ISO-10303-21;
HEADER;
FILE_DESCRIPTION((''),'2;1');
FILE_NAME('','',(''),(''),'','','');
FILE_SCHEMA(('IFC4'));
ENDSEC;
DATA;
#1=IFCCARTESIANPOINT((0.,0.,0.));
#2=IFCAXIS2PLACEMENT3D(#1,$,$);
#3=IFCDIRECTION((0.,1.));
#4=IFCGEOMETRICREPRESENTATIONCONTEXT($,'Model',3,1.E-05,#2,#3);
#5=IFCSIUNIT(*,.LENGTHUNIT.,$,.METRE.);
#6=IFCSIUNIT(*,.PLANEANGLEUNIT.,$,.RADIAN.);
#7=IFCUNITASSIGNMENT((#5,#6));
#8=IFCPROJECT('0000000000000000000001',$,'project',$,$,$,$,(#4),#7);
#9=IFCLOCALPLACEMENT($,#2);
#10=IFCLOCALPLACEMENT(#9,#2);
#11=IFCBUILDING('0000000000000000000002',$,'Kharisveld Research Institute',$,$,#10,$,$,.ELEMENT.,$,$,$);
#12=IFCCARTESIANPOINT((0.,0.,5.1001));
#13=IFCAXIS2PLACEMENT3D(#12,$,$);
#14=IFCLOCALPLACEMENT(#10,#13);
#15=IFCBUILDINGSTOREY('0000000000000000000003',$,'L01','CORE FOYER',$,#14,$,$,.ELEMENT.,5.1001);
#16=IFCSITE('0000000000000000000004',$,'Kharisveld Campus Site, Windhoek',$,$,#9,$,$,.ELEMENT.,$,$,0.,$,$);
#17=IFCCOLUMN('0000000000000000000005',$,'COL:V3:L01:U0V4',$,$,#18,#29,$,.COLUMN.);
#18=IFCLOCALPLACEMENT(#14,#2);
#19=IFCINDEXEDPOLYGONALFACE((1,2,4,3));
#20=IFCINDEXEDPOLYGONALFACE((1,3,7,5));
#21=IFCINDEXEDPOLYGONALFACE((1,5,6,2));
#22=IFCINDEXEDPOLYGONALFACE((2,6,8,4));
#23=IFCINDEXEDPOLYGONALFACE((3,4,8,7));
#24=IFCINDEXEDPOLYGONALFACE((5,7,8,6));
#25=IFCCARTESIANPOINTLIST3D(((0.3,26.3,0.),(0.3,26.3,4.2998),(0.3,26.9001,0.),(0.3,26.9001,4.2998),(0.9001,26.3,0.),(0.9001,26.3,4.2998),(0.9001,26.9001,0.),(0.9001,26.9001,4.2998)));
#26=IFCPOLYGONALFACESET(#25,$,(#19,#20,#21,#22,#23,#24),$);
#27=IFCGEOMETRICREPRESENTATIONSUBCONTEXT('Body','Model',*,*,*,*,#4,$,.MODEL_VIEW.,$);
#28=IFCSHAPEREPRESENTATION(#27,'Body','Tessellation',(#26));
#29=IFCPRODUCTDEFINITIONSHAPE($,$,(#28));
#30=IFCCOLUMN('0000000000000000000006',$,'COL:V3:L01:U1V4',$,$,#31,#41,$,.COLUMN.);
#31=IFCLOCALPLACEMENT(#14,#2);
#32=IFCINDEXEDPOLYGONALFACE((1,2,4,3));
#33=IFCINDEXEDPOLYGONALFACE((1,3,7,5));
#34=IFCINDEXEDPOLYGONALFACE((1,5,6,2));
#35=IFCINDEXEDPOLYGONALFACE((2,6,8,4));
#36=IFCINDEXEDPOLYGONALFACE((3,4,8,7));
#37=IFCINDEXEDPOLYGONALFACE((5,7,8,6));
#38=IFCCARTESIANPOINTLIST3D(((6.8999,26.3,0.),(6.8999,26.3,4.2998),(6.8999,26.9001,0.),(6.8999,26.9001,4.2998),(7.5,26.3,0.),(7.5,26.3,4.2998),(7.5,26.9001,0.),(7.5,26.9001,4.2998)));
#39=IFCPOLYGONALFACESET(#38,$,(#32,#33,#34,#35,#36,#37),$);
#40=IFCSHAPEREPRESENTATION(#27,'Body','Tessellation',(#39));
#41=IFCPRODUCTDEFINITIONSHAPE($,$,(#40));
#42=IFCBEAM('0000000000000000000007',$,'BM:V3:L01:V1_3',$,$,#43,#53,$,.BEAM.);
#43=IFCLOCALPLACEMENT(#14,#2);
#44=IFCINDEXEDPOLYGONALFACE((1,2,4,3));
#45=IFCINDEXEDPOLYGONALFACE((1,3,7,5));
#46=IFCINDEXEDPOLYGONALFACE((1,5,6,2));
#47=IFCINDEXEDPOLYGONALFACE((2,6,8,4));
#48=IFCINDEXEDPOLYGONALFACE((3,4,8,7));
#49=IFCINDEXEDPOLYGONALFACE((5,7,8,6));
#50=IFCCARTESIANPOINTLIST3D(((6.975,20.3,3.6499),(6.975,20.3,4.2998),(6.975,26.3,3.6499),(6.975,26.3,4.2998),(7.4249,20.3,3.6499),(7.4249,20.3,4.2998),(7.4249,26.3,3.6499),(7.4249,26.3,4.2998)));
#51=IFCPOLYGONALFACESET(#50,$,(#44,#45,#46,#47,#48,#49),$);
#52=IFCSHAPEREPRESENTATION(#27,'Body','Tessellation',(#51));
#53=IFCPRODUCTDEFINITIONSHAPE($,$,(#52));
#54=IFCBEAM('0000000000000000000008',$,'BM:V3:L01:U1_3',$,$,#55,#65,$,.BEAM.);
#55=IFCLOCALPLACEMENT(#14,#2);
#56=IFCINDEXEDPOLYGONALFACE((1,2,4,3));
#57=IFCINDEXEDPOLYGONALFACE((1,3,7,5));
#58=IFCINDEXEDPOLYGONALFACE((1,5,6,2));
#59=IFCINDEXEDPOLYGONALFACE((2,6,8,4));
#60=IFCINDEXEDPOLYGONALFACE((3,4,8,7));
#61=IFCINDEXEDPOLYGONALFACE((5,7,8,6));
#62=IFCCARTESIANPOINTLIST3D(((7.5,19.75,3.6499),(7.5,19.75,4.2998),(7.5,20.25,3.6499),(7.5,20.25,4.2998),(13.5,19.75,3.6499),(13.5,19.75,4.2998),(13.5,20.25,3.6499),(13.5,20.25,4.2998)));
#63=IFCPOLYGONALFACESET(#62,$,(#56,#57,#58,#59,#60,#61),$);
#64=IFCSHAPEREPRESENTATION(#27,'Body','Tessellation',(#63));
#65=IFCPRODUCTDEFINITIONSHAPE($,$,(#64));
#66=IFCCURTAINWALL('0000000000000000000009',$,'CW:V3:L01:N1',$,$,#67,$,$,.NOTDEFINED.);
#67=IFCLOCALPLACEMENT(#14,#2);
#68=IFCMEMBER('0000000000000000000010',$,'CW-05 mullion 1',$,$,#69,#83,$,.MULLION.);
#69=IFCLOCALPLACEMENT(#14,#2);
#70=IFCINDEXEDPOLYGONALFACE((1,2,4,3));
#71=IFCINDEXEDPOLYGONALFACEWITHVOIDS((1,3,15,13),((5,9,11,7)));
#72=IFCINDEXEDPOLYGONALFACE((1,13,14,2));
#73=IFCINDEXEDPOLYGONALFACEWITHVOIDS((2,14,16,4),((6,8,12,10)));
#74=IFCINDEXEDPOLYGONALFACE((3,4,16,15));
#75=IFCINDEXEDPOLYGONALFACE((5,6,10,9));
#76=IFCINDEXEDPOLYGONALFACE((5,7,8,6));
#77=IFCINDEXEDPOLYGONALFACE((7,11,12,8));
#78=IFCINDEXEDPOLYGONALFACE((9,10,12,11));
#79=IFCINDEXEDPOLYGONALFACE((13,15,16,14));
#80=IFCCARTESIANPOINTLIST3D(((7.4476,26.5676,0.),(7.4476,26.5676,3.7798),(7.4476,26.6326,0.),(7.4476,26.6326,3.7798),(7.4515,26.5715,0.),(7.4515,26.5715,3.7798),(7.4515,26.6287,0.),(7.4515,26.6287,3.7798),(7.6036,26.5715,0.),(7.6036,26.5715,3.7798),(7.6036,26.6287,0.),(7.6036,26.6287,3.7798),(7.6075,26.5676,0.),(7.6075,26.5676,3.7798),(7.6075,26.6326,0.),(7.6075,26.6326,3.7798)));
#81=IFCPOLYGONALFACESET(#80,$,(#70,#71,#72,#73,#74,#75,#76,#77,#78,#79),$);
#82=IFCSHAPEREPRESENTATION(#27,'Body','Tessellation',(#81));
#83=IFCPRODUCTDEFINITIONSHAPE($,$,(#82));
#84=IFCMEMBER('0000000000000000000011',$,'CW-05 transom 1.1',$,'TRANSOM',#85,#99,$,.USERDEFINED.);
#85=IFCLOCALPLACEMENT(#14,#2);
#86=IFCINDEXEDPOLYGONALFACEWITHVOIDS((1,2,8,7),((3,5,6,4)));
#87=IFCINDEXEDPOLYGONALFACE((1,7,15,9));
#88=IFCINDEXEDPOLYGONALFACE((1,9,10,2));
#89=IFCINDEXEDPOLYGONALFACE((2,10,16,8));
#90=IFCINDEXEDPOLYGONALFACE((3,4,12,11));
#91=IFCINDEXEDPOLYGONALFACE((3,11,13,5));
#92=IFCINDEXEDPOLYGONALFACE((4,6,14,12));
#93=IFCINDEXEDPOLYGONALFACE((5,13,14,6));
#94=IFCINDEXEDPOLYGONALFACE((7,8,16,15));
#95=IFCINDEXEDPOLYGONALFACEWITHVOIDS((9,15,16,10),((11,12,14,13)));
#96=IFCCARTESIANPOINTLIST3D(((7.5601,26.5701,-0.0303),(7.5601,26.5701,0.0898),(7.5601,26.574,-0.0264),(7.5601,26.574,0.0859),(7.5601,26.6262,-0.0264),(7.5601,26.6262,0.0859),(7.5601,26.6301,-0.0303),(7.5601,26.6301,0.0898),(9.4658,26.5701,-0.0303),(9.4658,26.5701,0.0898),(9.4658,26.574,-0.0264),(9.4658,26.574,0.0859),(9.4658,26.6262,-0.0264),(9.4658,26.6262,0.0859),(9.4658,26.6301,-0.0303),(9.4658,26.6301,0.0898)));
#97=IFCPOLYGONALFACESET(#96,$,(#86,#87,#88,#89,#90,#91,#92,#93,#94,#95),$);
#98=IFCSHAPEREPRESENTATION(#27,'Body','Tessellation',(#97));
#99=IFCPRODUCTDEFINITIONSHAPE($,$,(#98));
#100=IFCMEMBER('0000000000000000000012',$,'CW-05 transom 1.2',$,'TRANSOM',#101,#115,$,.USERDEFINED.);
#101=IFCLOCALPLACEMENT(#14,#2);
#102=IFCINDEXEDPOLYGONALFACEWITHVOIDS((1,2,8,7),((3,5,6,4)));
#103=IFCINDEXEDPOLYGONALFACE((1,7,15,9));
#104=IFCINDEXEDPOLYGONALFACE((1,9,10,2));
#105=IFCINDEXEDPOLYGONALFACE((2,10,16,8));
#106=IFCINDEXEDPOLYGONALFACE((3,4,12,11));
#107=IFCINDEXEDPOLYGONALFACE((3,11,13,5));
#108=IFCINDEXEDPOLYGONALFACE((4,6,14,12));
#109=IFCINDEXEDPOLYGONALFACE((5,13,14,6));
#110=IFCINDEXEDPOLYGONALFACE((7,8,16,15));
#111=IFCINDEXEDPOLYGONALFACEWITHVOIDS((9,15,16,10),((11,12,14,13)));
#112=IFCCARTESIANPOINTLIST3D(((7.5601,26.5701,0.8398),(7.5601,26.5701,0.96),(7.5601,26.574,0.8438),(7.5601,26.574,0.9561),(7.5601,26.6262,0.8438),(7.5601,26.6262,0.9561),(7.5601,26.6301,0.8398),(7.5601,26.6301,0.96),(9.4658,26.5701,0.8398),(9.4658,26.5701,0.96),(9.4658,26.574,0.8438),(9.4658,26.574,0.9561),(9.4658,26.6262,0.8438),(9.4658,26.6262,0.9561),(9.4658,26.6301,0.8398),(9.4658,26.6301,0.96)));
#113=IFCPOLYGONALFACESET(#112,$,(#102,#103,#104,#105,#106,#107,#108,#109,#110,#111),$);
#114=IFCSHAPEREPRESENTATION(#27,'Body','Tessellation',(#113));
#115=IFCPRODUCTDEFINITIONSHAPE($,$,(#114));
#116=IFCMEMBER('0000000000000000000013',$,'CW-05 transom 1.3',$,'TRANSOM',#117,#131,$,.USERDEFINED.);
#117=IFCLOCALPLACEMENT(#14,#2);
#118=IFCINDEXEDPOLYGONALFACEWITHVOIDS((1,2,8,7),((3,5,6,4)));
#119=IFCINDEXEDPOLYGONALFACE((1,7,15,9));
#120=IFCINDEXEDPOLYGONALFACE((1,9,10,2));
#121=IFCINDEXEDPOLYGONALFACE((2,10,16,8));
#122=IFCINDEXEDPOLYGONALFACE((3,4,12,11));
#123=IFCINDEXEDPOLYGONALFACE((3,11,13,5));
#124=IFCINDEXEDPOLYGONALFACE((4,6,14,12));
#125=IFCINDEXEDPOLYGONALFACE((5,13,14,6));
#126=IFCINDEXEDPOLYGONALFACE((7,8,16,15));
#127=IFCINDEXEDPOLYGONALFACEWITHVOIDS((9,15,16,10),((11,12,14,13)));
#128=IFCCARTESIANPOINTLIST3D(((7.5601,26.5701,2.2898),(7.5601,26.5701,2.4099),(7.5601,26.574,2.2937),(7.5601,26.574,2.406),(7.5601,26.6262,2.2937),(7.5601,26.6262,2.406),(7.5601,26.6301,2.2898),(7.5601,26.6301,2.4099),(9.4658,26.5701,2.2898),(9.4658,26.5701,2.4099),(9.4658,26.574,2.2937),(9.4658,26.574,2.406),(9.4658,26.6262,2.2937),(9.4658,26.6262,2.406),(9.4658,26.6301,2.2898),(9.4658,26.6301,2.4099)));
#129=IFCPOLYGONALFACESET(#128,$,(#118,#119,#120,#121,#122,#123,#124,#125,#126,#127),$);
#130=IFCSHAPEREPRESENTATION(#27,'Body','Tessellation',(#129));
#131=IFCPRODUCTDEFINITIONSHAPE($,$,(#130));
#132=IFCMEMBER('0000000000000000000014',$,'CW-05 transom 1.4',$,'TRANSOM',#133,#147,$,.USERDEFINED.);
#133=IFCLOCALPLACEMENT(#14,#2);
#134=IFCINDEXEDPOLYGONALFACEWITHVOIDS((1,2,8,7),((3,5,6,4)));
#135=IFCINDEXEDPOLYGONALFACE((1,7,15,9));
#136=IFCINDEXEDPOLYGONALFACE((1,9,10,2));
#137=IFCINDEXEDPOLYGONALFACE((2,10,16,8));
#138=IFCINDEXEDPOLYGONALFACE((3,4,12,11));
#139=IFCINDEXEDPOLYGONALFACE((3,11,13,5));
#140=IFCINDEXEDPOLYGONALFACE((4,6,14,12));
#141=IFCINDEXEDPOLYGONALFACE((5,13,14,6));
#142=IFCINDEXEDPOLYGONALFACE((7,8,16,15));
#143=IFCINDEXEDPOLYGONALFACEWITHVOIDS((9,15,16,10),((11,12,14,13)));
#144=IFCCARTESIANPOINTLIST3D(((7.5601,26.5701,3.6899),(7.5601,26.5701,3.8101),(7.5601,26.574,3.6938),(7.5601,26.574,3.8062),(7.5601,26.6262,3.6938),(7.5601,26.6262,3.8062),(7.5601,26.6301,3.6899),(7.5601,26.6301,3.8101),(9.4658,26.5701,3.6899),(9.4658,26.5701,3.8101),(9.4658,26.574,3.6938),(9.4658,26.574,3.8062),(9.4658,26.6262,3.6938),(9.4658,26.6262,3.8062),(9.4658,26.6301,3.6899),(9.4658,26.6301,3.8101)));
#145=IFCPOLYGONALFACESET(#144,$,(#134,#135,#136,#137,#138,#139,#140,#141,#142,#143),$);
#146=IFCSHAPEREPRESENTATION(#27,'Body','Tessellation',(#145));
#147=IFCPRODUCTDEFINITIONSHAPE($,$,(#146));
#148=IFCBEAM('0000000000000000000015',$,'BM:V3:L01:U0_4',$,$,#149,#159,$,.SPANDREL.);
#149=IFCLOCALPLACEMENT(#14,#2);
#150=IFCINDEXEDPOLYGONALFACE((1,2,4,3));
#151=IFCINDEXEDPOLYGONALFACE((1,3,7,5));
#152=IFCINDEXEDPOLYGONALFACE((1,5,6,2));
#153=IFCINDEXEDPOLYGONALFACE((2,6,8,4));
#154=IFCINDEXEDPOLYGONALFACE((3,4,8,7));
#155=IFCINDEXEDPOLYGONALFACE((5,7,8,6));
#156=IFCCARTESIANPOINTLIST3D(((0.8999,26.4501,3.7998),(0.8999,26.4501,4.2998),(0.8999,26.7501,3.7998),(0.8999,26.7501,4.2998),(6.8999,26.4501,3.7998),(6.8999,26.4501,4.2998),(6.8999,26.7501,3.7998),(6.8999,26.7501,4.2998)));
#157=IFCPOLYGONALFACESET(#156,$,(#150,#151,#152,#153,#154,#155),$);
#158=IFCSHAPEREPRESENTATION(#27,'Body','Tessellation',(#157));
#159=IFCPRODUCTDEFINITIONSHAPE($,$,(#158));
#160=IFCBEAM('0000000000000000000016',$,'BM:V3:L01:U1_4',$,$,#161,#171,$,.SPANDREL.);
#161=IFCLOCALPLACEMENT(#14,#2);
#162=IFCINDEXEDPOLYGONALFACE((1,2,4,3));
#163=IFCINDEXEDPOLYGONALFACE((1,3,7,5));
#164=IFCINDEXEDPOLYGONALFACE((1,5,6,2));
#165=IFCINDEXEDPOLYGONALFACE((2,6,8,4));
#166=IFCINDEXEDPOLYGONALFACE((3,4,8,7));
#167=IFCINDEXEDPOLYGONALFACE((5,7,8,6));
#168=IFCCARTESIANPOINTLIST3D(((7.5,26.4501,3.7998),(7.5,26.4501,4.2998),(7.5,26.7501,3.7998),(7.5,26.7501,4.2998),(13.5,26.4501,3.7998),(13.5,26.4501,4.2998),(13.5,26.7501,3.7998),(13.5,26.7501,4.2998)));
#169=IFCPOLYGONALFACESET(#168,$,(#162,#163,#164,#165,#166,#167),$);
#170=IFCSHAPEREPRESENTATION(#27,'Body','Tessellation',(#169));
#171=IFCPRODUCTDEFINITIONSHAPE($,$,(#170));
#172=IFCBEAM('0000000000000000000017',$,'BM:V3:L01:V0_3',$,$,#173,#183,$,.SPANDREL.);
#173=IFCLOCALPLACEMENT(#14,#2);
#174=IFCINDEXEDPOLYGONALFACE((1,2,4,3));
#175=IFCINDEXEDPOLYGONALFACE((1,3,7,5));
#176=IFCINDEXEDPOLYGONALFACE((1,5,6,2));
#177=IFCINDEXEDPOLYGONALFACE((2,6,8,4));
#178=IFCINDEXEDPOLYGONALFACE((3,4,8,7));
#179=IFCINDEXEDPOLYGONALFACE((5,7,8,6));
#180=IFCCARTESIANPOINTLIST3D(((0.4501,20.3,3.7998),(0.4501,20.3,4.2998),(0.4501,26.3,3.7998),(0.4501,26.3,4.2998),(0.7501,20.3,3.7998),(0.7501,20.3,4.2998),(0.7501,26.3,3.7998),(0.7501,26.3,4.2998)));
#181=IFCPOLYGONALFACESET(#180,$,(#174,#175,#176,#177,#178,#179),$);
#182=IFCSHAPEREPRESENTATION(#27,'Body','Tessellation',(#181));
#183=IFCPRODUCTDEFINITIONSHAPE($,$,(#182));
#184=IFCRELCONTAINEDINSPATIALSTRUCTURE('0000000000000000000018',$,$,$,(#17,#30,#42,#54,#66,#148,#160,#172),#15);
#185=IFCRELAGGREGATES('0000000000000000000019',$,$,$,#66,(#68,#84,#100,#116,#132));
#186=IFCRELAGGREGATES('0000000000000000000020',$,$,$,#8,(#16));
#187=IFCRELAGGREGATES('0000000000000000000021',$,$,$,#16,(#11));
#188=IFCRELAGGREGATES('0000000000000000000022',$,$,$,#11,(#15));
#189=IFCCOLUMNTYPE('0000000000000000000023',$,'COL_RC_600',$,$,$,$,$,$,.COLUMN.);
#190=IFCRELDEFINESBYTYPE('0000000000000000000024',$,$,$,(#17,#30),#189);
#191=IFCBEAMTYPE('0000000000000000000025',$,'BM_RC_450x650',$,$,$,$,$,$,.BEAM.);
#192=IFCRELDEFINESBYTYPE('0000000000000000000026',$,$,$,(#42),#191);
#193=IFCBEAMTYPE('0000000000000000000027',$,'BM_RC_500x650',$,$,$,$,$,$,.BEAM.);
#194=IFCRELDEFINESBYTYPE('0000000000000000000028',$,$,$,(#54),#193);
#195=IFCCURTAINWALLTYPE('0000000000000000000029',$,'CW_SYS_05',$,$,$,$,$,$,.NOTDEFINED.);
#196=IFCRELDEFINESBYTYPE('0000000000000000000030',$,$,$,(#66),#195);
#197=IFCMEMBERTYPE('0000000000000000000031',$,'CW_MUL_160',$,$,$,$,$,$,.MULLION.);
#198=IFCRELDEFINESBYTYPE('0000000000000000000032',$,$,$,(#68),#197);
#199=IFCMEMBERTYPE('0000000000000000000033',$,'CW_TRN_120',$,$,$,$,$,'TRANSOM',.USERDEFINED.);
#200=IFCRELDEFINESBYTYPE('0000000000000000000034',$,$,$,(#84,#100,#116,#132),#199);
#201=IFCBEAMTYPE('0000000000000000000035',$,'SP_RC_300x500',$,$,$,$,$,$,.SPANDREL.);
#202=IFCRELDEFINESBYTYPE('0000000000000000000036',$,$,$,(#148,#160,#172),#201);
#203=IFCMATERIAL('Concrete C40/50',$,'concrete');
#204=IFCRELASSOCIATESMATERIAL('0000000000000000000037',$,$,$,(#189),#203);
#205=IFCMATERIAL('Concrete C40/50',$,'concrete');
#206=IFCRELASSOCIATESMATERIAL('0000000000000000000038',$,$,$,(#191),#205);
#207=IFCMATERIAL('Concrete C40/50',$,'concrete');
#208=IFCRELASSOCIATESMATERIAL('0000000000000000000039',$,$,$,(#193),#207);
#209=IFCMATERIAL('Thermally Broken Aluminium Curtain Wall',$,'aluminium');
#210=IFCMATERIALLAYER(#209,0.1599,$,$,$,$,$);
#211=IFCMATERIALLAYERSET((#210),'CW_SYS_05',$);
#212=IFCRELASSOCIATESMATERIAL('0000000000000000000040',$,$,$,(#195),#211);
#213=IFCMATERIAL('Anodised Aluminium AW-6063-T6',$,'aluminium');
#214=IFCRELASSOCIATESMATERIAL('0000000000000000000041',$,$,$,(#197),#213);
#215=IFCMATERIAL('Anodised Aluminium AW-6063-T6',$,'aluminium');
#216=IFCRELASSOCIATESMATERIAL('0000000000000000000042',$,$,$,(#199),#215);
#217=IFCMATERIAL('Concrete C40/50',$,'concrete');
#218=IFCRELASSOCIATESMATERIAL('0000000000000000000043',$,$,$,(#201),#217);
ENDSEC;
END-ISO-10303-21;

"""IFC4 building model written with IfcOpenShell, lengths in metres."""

from ifc_helpers import new_model, si_unit, direction, frame, origin, origin_2d, place, context, subcontext, project, spatial, rectangle, hollow_rectangle, extrude, material, layer, layer_set, material_profile, profile_set, type_object, element, aggregate, save


model = new_model("IFC4")

# Units and contexts
model_context = context("Model", 3, precision=1e-05, world=origin(), true_north=direction((0.0, 1.0)))
body_context = subcontext(model_context, "Body", "Model", "MODEL_VIEW")
ifc_project = project(units=[si_unit("LENGTHUNIT", "METRE"), si_unit("PLANEANGLEUNIT", "RADIAN")], contexts=[model_context])

# Site, building, storey
site_placement = place(None, origin())
site = spatial("IfcSite", under=ifc_project, at=site_placement, Name="Kharisveld Campus Site, Windhoek", CompositionType="ELEMENT", RefElevation=0.0)
building_placement = place(site_placement, origin())
building = spatial("IfcBuilding", under=site, at=building_placement, Name="Kharisveld Research Institute", CompositionType="ELEMENT")
storey_placement = place(building_placement, frame((0.0, 0.0, 5.1001)))
storey = spatial("IfcBuildingStorey", under=building, at=storey_placement, Name="L01", Description="CORE FOYER", CompositionType="ELEMENT", Elevation=5.1001)

# Columns
ifc_material_1 = material(Name="Concrete C40/50", Category="concrete")
ifc_material_profile_1 = material_profile(ifc_material_1, rectangle(XDim=0.6001, YDim=0.6001, at=origin_2d()))
ifc_profile_set_1 = profile_set([ifc_material_profile_1], Name="Concrete C40/50")
column_type = type_object("IfcColumnType", Name="COL_RC_600", PredefinedType="COLUMN", material=ifc_profile_set_1)
for number, where, z_axis, x_axis, name in (
    (1, (0.6001, 26.6001, 0.0), (0.0, 0.0, 1.0), (1.0, 0.0, 0.0), "COL:V3:L01:U0V4"),
    (2, (7.2, 26.6001, 0.0), (0.0, 0.0, 1.0), (1.0, 0.0, 0.0), "COL:V3:L01:U1V4"),
):
    element("IfcColumn", number, at=place(storey_placement, frame(where, z_axis=z_axis, x_axis=x_axis)), inside=storey, type_object=column_type, Name=name, PredefinedType="COLUMN", context=body_context, shape_type="SweptSolid", body=[
        extrude(rectangle(XDim=0.6001, YDim=0.6001, at=origin_2d()), origin(), (0.0, 0.0, 1.0), 4.2998),
    ])

# Beams
ifc_material_2 = material(Name="Concrete C40/50", Category="concrete")
ifc_material_profile_2 = material_profile(ifc_material_2, rectangle(XDim=0.45, YDim=0.6499, at=origin_2d()))
ifc_profile_set_2 = profile_set([ifc_material_profile_2], Name="Concrete C40/50")
beam_type_1 = type_object("IfcBeamType", Name="BM_RC_450x650", PredefinedType="BEAM", material=ifc_profile_set_2)
beam_1_placement = place(storey_placement, frame((7.2, 20.3, 3.9749), z_axis=(0.0, 1.0, 0.0), x_axis=(-1.0, 0.0, 0.0)))
element("IfcBeam", 3, at=beam_1_placement, inside=storey, type_object=beam_type_1, Name="BM:V3:L01:V1_3", PredefinedType="BEAM", context=body_context, shape_type="SweptSolid", body=[
    extrude(rectangle(XDim=0.45, YDim=0.6499, at=origin_2d()), origin(), (0.0, 0.0, 1.0), 6.0),
])
ifc_material_3 = material(Name="Concrete C40/50", Category="concrete")
ifc_material_profile_3 = material_profile(ifc_material_3, rectangle(XDim=0.5, YDim=0.6499, at=origin_2d()))
ifc_profile_set_3 = profile_set([ifc_material_profile_3], Name="Concrete C40/50")
beam_type_2 = type_object("IfcBeamType", Name="BM_RC_500x650", PredefinedType="BEAM", material=ifc_profile_set_3)
beam_2_placement = place(storey_placement, frame((7.5, 20.0, 3.9749), z_axis=(1.0, 0.0, 0.0), x_axis=(0.0, 1.0, 0.0)))
element("IfcBeam", 4, at=beam_2_placement, inside=storey, type_object=beam_type_2, Name="BM:V3:L01:U1_3", PredefinedType="BEAM", context=body_context, shape_type="SweptSolid", body=[
    extrude(rectangle(XDim=0.5, YDim=0.6499, at=origin_2d()), origin(), (0.0, 0.0, 1.0), 6.0),
])

# Curtain wall, members
ifc_material_4 = material(Name="Thermally Broken Aluminium Curtain Wall", Category="aluminium")
ifc_layer_1 = layer(ifc_material_4, 0.1599)
ifc_layer_set_1 = layer_set([ifc_layer_1], Name="CW_SYS_05")
curtain_wall_type = type_object("IfcCurtainWallType", Name="CW_SYS_05", PredefinedType="NOTDEFINED", material=ifc_layer_set_1)
curtain_wall_placement = place(storey_placement, origin())
curtain_wall = element("IfcCurtainWall", 5, at=curtain_wall_placement, inside=storey, type_object=curtain_wall_type, Name="CW:V3:L01:N1", PredefinedType="NOTDEFINED")
ifc_material_5 = material(Name="Anodised Aluminium AW-6063-T6", Category="aluminium")
ifc_material_profile_4 = material_profile(ifc_material_5, hollow_rectangle(XDim=0.0649, YDim=0.1599, WallThickness=0.0039, at=origin_2d()))
ifc_profile_set_4 = profile_set([ifc_material_profile_4], Name="Anodised Aluminium AW-6063-T6")
member_type_1 = type_object("IfcMemberType", Name="CW_MUL_160", PredefinedType="MULLION", material=ifc_profile_set_4)
member_1_placement = place(storey_placement, frame((7.5276, 26.6001, 0.0), z_axis=(0.0, 0.0, 1.0), x_axis=(0.0, 1.0, 0.0)))
member_1 = element("IfcMember", 6, at=member_1_placement, type_object=member_type_1, Name="CW-05 mullion 1", PredefinedType="MULLION", context=body_context, shape_type="SweptSolid", body=[
    extrude(hollow_rectangle(XDim=0.0649, YDim=0.1599, WallThickness=0.0039, at=origin_2d()), origin(), (0.0, 0.0, 1.0), 3.7798),
])
ifc_material_6 = material(Name="Anodised Aluminium AW-6063-T6", Category="aluminium")
ifc_material_profile_5 = material_profile(ifc_material_6, hollow_rectangle(XDim=0.0601, YDim=0.1201, WallThickness=0.0039, at=origin_2d()))
ifc_profile_set_5 = profile_set([ifc_material_profile_5], Name="Anodised Aluminium AW-6063-T6")
member_type_2 = type_object("IfcMemberType", Name="CW_TRN_120", ElementType="TRANSOM", PredefinedType="USERDEFINED", material=ifc_profile_set_5)
member_2_placement = place(storey_placement, frame((7.5601, 26.6001, 0.0298), z_axis=(1.0, 0.0, 0.0), x_axis=(0.0, 1.0, 0.0)))
member_2 = element("IfcMember", 7, at=member_2_placement, type_object=member_type_2, Name="CW-05 transom 1.1", ObjectType="TRANSOM", PredefinedType="USERDEFINED", context=body_context, shape_type="SweptSolid", body=[
    extrude(hollow_rectangle(XDim=0.0601, YDim=0.1201, WallThickness=0.0039, at=origin_2d()), origin(), (0.0, 0.0, 1.0), 1.9058),
])
member_3_placement = place(storey_placement, frame((7.5601, 26.6001, 0.8999), z_axis=(1.0, 0.0, 0.0), x_axis=(0.0, 1.0, 0.0)))
member_3 = element("IfcMember", 8, at=member_3_placement, type_object=member_type_2, Name="CW-05 transom 1.2", ObjectType="TRANSOM", PredefinedType="USERDEFINED", context=body_context, shape_type="SweptSolid", body=[
    extrude(hollow_rectangle(XDim=0.0601, YDim=0.1201, WallThickness=0.0039, at=origin_2d()), origin(), (0.0, 0.0, 1.0), 1.9058),
])
member_4_placement = place(storey_placement, frame((7.5601, 26.6001, 2.3499), z_axis=(1.0, 0.0, 0.0), x_axis=(0.0, 1.0, 0.0)))
member_4 = element("IfcMember", 9, at=member_4_placement, type_object=member_type_2, Name="CW-05 transom 1.3", ObjectType="TRANSOM", PredefinedType="USERDEFINED", context=body_context, shape_type="SweptSolid", body=[
    extrude(hollow_rectangle(XDim=0.0601, YDim=0.1201, WallThickness=0.0039, at=origin_2d()), origin(), (0.0, 0.0, 1.0), 1.9058),
])
member_5_placement = place(storey_placement, frame((7.5601, 26.6001, 3.75), z_axis=(1.0, 0.0, 0.0), x_axis=(0.0, 1.0, 0.0)))
member_5 = element("IfcMember", 10, at=member_5_placement, type_object=member_type_2, Name="CW-05 transom 1.4", ObjectType="TRANSOM", PredefinedType="USERDEFINED", context=body_context, shape_type="SweptSolid", body=[
    extrude(hollow_rectangle(XDim=0.0601, YDim=0.1201, WallThickness=0.0039, at=origin_2d()), origin(), (0.0, 0.0, 1.0), 1.9058),
])
aggregate(curtain_wall, [member_1, member_2, member_3, member_4, member_5])

# Beams
ifc_material_7 = material(Name="Concrete C40/50", Category="concrete")
ifc_material_profile_6 = material_profile(ifc_material_7, rectangle(XDim=0.3, YDim=0.5, at=origin_2d()))
ifc_profile_set_6 = profile_set([ifc_material_profile_6], Name="Concrete C40/50")
beam_type_3 = type_object("IfcBeamType", Name="SP_RC_300x500", PredefinedType="SPANDREL", material=ifc_profile_set_6)
for number, where, z_axis, x_axis, name in (
    (11, (0.8999, 26.6001, 4.0498), (1.0, 0.0, 0.0), (0.0, 1.0, 0.0), "BM:V3:L01:U0_4"),
    (12, (7.5, 26.6001, 4.0498), (1.0, 0.0, 0.0), (0.0, 1.0, 0.0), "BM:V3:L01:U1_4"),
    (13, (0.6001, 20.3, 4.0498), (0.0, 1.0, 0.0), (-1.0, 0.0, 0.0), "BM:V3:L01:V0_3"),
):
    element("IfcBeam", number, at=place(storey_placement, frame(where, z_axis=z_axis, x_axis=x_axis)), inside=storey, type_object=beam_type_3, Name=name, PredefinedType="SPANDREL", context=body_context, shape_type="SweptSolid", body=[
        extrude(rectangle(XDim=0.3, YDim=0.5, at=origin_2d()), origin(), (0.0, 0.0, 1.0), 6.0),
    ])

save(model, "model.ifc")
